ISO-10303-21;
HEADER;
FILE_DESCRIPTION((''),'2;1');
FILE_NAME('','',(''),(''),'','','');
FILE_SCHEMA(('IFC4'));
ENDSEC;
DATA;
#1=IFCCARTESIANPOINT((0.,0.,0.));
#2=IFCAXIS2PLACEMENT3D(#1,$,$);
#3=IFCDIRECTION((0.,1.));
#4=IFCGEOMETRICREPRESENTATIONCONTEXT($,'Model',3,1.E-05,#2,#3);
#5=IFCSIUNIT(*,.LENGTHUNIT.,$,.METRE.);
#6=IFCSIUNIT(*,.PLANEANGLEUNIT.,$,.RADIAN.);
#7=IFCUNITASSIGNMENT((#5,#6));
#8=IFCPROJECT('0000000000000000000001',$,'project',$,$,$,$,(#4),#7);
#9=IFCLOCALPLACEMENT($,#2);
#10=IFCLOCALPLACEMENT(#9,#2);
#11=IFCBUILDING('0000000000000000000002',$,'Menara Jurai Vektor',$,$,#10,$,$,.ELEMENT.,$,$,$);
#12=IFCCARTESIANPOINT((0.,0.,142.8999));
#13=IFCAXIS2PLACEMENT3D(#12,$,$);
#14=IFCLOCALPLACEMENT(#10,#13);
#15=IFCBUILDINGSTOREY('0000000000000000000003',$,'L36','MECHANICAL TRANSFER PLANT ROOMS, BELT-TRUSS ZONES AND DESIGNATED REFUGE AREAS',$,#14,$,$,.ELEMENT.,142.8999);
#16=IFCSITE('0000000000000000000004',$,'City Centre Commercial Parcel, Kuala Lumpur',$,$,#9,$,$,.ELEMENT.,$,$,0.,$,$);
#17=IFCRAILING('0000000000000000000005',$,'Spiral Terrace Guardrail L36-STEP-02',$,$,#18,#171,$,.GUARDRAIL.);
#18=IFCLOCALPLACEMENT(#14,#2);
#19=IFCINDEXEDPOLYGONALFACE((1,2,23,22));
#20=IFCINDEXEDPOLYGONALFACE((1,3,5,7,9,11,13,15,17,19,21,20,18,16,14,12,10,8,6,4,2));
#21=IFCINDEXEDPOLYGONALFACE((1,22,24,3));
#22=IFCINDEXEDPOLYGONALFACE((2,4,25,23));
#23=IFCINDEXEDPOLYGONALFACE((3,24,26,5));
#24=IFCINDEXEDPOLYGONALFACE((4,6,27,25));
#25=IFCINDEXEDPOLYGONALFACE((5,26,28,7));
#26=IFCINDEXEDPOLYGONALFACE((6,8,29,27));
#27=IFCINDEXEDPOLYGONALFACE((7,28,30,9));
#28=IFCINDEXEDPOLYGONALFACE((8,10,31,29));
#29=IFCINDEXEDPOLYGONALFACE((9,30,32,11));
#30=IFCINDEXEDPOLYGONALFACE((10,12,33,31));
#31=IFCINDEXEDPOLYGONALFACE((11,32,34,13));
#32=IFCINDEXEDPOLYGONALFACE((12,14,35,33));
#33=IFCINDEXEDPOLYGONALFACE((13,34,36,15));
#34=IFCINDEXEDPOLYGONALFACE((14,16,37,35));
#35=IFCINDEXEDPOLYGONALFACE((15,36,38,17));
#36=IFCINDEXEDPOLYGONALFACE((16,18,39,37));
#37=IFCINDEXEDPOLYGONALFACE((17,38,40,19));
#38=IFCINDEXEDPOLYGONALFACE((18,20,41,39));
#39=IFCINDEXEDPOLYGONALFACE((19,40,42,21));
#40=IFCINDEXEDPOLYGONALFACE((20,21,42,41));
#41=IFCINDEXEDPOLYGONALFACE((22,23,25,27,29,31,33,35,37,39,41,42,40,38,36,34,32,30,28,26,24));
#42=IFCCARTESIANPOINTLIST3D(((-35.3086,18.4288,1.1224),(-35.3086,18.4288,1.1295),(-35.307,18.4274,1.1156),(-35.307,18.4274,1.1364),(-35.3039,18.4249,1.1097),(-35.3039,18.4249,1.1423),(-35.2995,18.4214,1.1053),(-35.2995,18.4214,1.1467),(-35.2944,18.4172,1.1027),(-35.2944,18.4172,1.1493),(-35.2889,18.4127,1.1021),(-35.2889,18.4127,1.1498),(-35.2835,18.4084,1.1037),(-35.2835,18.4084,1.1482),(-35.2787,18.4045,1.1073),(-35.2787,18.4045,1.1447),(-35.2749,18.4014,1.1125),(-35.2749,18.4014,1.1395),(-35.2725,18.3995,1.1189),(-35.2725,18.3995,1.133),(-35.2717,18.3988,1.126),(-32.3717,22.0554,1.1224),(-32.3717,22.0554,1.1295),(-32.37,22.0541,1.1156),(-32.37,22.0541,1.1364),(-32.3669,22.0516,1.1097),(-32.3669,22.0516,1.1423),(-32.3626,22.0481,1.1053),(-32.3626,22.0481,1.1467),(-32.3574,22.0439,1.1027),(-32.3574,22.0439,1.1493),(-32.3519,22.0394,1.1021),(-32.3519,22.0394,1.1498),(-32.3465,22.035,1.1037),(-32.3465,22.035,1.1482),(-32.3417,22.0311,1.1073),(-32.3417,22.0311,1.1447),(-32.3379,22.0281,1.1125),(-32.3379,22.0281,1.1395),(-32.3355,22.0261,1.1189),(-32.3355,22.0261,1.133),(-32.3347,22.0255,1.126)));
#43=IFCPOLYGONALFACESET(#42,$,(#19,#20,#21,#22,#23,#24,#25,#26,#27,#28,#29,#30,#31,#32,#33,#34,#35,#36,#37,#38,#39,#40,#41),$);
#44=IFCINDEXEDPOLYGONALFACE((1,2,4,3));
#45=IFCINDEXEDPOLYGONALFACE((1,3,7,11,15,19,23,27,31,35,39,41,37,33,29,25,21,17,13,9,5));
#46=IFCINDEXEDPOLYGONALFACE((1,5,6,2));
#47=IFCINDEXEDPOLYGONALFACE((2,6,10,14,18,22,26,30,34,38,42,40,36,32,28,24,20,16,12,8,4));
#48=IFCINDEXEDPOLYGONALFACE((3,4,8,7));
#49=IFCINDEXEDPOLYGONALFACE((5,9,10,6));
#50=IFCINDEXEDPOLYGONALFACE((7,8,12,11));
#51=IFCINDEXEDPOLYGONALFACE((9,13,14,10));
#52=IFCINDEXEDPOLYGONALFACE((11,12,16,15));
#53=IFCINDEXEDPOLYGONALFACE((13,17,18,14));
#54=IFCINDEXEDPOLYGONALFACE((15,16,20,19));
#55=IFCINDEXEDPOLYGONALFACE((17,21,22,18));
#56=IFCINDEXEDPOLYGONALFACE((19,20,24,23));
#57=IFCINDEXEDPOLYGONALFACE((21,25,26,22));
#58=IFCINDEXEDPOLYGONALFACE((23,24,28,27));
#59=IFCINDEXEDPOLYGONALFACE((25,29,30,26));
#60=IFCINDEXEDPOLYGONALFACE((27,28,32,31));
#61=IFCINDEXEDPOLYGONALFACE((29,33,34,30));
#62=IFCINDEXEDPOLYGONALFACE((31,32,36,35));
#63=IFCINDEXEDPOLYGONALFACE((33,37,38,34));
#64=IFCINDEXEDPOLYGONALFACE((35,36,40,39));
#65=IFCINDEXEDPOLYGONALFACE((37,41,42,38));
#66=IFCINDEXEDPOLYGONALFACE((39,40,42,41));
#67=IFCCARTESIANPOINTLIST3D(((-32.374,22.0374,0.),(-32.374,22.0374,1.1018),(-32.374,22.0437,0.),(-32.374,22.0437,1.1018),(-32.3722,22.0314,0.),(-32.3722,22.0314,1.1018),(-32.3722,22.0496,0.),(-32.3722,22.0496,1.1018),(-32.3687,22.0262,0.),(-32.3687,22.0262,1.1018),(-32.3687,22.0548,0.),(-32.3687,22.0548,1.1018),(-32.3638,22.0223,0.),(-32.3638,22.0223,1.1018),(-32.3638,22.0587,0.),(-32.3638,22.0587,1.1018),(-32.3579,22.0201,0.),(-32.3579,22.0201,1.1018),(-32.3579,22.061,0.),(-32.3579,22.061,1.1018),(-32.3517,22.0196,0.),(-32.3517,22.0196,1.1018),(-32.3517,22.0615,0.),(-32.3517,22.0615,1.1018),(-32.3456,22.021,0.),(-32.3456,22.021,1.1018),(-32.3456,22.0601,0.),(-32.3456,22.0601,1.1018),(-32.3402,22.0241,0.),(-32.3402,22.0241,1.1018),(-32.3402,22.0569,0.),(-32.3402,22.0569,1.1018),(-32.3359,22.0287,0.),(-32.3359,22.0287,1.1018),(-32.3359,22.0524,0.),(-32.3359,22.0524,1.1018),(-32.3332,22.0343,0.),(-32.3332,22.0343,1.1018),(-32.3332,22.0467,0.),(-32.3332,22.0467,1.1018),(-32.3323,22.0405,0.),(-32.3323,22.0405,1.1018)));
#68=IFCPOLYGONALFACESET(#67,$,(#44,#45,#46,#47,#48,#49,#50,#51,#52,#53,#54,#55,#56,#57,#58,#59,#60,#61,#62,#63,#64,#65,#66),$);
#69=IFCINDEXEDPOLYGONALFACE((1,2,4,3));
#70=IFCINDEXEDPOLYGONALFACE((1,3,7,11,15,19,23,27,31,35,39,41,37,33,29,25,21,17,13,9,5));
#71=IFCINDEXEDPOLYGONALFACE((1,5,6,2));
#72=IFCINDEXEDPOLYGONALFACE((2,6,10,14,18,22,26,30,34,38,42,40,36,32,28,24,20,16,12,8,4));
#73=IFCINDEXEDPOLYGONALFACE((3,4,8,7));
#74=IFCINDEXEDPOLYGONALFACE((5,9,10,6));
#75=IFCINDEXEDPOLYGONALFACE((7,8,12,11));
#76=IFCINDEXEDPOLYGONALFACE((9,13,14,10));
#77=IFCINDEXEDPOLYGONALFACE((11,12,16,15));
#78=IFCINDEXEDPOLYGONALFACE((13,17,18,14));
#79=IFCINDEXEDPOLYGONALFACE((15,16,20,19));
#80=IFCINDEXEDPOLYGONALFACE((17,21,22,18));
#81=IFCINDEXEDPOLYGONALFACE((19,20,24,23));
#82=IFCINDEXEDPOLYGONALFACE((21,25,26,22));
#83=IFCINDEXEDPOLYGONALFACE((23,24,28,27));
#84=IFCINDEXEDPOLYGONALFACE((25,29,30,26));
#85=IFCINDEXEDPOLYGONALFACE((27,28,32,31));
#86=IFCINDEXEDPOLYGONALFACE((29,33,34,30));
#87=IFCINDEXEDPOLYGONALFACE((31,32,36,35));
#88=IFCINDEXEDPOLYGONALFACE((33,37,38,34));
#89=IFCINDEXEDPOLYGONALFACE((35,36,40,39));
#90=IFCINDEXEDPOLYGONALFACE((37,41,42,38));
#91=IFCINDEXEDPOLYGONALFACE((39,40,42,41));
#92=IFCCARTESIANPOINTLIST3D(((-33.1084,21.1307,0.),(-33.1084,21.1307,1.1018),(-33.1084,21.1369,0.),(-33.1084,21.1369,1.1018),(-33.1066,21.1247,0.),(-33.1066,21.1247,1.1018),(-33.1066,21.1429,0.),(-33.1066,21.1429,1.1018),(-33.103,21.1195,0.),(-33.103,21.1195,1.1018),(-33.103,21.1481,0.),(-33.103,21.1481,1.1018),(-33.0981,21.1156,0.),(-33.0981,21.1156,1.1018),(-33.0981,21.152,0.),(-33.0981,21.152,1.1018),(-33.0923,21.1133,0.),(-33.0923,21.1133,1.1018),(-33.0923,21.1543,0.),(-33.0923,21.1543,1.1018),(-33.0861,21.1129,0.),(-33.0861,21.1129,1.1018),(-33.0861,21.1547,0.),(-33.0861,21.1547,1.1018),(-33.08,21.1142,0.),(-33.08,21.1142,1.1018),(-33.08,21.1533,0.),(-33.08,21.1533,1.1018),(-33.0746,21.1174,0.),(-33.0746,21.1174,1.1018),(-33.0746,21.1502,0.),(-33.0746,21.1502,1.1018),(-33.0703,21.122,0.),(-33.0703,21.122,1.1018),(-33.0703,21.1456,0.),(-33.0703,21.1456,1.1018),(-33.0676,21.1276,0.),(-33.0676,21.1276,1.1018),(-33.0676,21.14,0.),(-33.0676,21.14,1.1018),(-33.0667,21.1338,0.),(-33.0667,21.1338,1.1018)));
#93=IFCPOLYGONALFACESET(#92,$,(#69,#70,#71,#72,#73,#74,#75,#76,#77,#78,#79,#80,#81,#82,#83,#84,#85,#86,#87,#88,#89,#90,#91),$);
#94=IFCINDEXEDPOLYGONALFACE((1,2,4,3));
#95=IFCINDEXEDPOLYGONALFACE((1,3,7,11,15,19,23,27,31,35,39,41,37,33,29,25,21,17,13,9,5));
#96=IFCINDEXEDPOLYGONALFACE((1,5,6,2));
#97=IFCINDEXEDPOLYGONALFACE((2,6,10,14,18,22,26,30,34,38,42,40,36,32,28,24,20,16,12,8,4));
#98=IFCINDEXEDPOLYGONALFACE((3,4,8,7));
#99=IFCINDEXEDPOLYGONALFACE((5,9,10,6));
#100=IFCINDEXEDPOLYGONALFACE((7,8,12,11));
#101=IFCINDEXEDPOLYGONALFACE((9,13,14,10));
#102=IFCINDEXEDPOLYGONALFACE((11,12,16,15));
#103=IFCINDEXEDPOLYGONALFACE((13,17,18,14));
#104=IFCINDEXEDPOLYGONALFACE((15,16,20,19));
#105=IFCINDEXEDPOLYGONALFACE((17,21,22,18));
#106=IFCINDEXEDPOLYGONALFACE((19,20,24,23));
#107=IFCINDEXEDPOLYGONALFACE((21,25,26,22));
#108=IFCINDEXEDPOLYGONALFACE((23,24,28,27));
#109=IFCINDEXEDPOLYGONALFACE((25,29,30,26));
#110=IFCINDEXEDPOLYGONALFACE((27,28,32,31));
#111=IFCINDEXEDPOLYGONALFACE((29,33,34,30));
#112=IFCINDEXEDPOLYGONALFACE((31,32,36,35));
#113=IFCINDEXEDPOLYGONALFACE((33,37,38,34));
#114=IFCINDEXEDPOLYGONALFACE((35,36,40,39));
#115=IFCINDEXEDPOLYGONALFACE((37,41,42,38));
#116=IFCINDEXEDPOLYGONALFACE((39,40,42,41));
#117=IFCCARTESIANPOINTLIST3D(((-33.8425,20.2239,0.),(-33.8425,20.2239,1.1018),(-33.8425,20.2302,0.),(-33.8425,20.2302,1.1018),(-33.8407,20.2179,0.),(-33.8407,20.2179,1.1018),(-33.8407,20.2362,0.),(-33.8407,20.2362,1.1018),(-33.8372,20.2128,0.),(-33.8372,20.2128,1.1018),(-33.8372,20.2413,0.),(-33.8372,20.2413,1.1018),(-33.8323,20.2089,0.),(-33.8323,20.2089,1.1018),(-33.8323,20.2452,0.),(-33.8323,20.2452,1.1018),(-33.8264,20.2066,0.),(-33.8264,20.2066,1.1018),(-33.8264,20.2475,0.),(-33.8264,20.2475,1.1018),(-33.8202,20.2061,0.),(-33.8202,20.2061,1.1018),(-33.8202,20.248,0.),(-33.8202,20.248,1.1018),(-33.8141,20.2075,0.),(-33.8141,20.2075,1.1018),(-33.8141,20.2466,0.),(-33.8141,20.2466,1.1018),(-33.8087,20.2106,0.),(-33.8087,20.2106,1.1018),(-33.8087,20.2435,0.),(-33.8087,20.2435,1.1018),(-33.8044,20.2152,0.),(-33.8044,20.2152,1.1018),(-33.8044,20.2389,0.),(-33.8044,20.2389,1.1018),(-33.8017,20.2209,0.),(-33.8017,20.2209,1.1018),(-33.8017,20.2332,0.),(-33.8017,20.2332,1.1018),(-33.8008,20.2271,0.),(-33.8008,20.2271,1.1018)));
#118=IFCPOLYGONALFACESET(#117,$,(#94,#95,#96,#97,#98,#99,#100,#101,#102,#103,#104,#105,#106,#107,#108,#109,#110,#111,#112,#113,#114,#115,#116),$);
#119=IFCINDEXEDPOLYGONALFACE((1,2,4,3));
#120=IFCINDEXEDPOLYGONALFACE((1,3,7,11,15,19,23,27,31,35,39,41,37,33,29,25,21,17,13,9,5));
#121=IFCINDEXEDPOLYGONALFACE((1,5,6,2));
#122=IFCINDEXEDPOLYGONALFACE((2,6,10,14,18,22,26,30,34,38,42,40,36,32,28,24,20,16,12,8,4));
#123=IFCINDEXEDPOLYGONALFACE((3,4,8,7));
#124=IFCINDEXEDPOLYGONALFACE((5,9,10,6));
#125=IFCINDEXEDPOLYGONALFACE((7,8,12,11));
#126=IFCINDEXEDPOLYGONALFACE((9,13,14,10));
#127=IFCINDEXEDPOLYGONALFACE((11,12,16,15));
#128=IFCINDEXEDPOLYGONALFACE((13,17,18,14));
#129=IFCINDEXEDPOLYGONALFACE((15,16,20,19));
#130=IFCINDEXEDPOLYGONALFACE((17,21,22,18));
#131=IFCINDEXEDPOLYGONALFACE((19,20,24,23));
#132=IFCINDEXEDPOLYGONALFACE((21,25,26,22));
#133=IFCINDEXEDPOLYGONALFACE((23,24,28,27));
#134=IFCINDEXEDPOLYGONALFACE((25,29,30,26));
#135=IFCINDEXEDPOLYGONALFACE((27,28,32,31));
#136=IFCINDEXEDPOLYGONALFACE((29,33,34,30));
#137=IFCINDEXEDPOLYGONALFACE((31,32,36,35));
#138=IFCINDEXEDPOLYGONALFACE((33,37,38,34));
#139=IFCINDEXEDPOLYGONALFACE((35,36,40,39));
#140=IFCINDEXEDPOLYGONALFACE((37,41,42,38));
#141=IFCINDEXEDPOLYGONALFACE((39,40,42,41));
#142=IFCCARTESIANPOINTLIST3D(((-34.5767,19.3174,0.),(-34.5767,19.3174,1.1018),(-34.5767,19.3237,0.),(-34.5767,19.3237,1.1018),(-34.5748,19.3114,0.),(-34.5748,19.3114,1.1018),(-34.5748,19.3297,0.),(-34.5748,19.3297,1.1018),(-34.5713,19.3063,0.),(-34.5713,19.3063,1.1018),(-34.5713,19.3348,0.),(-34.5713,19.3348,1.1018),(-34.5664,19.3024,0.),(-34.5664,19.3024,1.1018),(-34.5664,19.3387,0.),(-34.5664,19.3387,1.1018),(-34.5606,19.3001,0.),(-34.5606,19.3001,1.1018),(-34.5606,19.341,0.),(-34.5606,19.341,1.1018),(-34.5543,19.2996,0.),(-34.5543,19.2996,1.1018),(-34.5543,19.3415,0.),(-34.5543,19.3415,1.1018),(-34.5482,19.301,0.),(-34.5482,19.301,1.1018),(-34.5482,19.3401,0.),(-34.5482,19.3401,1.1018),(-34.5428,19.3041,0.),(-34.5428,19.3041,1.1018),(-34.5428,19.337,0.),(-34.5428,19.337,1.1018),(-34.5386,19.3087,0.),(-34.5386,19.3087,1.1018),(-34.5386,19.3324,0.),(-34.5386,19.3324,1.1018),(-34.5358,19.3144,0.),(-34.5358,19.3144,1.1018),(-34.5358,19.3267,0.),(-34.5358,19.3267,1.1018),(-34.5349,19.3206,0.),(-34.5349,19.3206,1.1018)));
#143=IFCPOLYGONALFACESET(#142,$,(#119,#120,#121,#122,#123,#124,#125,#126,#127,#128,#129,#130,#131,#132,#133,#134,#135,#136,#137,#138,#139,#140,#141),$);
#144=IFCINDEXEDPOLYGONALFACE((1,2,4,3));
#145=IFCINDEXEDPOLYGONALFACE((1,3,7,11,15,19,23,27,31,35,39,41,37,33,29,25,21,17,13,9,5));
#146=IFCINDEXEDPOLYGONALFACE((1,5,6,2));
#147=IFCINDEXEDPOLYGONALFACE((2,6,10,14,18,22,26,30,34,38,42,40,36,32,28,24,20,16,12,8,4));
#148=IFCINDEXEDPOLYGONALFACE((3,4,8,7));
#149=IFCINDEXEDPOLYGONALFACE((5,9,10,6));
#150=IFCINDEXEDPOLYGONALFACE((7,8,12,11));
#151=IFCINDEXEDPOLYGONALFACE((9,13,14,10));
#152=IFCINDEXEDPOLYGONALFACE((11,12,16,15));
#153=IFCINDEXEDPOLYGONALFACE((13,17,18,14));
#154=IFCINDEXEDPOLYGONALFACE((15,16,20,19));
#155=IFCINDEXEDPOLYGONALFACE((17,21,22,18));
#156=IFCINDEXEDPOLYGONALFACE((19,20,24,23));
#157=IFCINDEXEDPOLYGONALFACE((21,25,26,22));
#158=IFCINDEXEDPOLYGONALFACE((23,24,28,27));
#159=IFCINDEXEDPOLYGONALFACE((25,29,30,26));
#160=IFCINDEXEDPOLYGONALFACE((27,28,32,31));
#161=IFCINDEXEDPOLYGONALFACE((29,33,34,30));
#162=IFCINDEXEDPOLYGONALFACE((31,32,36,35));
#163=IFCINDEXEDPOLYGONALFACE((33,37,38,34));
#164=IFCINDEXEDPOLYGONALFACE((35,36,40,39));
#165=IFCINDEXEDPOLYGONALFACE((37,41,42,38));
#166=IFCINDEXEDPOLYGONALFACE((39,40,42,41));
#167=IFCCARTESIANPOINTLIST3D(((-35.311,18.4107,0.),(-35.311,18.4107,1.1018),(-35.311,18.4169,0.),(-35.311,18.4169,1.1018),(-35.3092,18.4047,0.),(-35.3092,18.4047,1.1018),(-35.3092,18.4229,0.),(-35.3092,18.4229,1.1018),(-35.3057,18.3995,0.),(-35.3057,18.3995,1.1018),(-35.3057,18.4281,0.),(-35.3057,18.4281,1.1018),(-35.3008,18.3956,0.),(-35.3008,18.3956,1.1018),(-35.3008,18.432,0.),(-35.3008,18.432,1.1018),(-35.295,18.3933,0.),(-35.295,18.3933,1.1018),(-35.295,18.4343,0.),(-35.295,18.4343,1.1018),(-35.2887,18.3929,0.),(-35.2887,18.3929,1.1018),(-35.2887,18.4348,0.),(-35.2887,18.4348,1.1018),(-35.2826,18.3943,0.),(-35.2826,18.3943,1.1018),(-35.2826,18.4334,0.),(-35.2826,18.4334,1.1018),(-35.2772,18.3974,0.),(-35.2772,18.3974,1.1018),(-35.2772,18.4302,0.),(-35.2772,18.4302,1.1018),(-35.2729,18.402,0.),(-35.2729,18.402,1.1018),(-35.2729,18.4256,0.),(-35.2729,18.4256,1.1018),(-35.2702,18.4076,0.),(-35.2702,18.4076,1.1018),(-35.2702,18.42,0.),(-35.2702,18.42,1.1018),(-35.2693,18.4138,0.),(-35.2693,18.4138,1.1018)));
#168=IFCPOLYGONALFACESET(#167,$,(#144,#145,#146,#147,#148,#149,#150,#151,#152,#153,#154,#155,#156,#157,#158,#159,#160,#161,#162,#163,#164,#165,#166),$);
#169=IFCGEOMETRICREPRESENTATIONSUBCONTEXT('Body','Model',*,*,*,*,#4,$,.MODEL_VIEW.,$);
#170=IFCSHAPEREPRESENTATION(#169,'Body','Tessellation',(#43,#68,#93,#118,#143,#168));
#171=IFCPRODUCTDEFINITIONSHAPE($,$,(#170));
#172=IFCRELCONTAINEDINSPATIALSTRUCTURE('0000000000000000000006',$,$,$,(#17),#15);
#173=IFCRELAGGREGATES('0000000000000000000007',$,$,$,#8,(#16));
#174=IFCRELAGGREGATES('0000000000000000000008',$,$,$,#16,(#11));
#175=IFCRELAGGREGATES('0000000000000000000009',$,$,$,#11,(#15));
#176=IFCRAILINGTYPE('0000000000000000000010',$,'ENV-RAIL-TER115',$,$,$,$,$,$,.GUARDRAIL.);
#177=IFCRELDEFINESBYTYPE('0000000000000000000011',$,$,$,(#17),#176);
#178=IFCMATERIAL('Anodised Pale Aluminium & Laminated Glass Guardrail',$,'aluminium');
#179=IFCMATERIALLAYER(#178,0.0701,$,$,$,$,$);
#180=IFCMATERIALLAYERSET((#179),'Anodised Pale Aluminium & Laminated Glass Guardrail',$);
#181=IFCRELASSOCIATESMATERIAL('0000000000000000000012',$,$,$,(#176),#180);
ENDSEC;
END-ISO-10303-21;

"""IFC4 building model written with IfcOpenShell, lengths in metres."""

from ifc_helpers import new_model, si_unit, direction, frame, origin, origin_2d, place, context, subcontext, project, spatial, circle, extrude, material, layer, layer_set, type_object, element, save


model = new_model("IFC4")

# Units and contexts
model_context = context("Model", 3, precision=1e-05, world=origin(), true_north=direction((0.0, 1.0)))
body_context = subcontext(model_context, "Body", "Model", "MODEL_VIEW")
ifc_project = project(units=[si_unit("LENGTHUNIT", "METRE"), si_unit("PLANEANGLEUNIT", "RADIAN")], contexts=[model_context])

# Site, building, storey
site_placement = place(None, origin())
site = spatial("IfcSite", under=ifc_project, at=site_placement, Name="City Centre Commercial Parcel, Kuala Lumpur", CompositionType="ELEMENT", RefElevation=0.0)
building_placement = place(site_placement, origin())
building = spatial("IfcBuilding", under=site, at=building_placement, Name="Menara Jurai Vektor", CompositionType="ELEMENT")
storey_placement = place(building_placement, frame((0.0, 0.0, 142.8999)))
storey = spatial("IfcBuildingStorey", under=building, at=storey_placement, Name="L36", Description="MECHANICAL TRANSFER PLANT ROOMS, BELT-TRUSS ZONES AND DESIGNATED REFUGE AREAS", CompositionType="ELEMENT", Elevation=142.8999)

# Railing
ifc_material_1 = material(Name="Anodised Pale Aluminium & Laminated Glass Guardrail", Category="aluminium")
ifc_layer_1 = layer(ifc_material_1, 0.0701)
ifc_layer_set_1 = layer_set([ifc_layer_1], Name="Anodised Pale Aluminium & Laminated Glass Guardrail")
railing_type = type_object("IfcRailingType", Name="ENV-RAIL-TER115", PredefinedType="GUARDRAIL", material=ifc_layer_set_1)
railing_1_placement = place(storey_placement, frame((-32.3533, 22.0405, 0.0)))
element("IfcRailing", 1, at=railing_1_placement, inside=storey, type_object=railing_type, Name="Spiral Terrace Guardrail L36-STEP-02", PredefinedType="GUARDRAIL", context=body_context, shape_type="SweptSolid", body=[
    extrude(circle(Radius=0.0239, at=origin_2d()), frame((0.0, 0.0, 1.126), z_axis=(-0.629341, -0.777129, 0.0), x_axis=(0.777129, -0.629341, 0.0)), (0.0, 0.0, 1.0), 4.6667),
    extrude(circle(Radius=0.021, at=origin_2d()), origin(), (0.0, 0.0, 1.0), 1.1018),
    extrude(circle(Radius=0.021, at=origin_2d()), frame((-0.7344, -0.9067, 0.0)), (0.0, 0.0, 1.0), 1.1018),
    extrude(circle(Radius=0.021, at=origin_2d()), frame((-1.4685, -1.8135, 0.0)), (0.0, 0.0, 1.0), 1.1018),
    extrude(circle(Radius=0.021, at=origin_2d()), frame((-2.2026, -2.72, 0.0)), (0.0, 0.0, 1.0), 1.1018),
    extrude(circle(Radius=0.021, at=origin_2d()), frame((-2.937, -3.6267, 0.0)), (0.0, 0.0, 1.0), 1.1018),
])

save(model, "model.ifc")
